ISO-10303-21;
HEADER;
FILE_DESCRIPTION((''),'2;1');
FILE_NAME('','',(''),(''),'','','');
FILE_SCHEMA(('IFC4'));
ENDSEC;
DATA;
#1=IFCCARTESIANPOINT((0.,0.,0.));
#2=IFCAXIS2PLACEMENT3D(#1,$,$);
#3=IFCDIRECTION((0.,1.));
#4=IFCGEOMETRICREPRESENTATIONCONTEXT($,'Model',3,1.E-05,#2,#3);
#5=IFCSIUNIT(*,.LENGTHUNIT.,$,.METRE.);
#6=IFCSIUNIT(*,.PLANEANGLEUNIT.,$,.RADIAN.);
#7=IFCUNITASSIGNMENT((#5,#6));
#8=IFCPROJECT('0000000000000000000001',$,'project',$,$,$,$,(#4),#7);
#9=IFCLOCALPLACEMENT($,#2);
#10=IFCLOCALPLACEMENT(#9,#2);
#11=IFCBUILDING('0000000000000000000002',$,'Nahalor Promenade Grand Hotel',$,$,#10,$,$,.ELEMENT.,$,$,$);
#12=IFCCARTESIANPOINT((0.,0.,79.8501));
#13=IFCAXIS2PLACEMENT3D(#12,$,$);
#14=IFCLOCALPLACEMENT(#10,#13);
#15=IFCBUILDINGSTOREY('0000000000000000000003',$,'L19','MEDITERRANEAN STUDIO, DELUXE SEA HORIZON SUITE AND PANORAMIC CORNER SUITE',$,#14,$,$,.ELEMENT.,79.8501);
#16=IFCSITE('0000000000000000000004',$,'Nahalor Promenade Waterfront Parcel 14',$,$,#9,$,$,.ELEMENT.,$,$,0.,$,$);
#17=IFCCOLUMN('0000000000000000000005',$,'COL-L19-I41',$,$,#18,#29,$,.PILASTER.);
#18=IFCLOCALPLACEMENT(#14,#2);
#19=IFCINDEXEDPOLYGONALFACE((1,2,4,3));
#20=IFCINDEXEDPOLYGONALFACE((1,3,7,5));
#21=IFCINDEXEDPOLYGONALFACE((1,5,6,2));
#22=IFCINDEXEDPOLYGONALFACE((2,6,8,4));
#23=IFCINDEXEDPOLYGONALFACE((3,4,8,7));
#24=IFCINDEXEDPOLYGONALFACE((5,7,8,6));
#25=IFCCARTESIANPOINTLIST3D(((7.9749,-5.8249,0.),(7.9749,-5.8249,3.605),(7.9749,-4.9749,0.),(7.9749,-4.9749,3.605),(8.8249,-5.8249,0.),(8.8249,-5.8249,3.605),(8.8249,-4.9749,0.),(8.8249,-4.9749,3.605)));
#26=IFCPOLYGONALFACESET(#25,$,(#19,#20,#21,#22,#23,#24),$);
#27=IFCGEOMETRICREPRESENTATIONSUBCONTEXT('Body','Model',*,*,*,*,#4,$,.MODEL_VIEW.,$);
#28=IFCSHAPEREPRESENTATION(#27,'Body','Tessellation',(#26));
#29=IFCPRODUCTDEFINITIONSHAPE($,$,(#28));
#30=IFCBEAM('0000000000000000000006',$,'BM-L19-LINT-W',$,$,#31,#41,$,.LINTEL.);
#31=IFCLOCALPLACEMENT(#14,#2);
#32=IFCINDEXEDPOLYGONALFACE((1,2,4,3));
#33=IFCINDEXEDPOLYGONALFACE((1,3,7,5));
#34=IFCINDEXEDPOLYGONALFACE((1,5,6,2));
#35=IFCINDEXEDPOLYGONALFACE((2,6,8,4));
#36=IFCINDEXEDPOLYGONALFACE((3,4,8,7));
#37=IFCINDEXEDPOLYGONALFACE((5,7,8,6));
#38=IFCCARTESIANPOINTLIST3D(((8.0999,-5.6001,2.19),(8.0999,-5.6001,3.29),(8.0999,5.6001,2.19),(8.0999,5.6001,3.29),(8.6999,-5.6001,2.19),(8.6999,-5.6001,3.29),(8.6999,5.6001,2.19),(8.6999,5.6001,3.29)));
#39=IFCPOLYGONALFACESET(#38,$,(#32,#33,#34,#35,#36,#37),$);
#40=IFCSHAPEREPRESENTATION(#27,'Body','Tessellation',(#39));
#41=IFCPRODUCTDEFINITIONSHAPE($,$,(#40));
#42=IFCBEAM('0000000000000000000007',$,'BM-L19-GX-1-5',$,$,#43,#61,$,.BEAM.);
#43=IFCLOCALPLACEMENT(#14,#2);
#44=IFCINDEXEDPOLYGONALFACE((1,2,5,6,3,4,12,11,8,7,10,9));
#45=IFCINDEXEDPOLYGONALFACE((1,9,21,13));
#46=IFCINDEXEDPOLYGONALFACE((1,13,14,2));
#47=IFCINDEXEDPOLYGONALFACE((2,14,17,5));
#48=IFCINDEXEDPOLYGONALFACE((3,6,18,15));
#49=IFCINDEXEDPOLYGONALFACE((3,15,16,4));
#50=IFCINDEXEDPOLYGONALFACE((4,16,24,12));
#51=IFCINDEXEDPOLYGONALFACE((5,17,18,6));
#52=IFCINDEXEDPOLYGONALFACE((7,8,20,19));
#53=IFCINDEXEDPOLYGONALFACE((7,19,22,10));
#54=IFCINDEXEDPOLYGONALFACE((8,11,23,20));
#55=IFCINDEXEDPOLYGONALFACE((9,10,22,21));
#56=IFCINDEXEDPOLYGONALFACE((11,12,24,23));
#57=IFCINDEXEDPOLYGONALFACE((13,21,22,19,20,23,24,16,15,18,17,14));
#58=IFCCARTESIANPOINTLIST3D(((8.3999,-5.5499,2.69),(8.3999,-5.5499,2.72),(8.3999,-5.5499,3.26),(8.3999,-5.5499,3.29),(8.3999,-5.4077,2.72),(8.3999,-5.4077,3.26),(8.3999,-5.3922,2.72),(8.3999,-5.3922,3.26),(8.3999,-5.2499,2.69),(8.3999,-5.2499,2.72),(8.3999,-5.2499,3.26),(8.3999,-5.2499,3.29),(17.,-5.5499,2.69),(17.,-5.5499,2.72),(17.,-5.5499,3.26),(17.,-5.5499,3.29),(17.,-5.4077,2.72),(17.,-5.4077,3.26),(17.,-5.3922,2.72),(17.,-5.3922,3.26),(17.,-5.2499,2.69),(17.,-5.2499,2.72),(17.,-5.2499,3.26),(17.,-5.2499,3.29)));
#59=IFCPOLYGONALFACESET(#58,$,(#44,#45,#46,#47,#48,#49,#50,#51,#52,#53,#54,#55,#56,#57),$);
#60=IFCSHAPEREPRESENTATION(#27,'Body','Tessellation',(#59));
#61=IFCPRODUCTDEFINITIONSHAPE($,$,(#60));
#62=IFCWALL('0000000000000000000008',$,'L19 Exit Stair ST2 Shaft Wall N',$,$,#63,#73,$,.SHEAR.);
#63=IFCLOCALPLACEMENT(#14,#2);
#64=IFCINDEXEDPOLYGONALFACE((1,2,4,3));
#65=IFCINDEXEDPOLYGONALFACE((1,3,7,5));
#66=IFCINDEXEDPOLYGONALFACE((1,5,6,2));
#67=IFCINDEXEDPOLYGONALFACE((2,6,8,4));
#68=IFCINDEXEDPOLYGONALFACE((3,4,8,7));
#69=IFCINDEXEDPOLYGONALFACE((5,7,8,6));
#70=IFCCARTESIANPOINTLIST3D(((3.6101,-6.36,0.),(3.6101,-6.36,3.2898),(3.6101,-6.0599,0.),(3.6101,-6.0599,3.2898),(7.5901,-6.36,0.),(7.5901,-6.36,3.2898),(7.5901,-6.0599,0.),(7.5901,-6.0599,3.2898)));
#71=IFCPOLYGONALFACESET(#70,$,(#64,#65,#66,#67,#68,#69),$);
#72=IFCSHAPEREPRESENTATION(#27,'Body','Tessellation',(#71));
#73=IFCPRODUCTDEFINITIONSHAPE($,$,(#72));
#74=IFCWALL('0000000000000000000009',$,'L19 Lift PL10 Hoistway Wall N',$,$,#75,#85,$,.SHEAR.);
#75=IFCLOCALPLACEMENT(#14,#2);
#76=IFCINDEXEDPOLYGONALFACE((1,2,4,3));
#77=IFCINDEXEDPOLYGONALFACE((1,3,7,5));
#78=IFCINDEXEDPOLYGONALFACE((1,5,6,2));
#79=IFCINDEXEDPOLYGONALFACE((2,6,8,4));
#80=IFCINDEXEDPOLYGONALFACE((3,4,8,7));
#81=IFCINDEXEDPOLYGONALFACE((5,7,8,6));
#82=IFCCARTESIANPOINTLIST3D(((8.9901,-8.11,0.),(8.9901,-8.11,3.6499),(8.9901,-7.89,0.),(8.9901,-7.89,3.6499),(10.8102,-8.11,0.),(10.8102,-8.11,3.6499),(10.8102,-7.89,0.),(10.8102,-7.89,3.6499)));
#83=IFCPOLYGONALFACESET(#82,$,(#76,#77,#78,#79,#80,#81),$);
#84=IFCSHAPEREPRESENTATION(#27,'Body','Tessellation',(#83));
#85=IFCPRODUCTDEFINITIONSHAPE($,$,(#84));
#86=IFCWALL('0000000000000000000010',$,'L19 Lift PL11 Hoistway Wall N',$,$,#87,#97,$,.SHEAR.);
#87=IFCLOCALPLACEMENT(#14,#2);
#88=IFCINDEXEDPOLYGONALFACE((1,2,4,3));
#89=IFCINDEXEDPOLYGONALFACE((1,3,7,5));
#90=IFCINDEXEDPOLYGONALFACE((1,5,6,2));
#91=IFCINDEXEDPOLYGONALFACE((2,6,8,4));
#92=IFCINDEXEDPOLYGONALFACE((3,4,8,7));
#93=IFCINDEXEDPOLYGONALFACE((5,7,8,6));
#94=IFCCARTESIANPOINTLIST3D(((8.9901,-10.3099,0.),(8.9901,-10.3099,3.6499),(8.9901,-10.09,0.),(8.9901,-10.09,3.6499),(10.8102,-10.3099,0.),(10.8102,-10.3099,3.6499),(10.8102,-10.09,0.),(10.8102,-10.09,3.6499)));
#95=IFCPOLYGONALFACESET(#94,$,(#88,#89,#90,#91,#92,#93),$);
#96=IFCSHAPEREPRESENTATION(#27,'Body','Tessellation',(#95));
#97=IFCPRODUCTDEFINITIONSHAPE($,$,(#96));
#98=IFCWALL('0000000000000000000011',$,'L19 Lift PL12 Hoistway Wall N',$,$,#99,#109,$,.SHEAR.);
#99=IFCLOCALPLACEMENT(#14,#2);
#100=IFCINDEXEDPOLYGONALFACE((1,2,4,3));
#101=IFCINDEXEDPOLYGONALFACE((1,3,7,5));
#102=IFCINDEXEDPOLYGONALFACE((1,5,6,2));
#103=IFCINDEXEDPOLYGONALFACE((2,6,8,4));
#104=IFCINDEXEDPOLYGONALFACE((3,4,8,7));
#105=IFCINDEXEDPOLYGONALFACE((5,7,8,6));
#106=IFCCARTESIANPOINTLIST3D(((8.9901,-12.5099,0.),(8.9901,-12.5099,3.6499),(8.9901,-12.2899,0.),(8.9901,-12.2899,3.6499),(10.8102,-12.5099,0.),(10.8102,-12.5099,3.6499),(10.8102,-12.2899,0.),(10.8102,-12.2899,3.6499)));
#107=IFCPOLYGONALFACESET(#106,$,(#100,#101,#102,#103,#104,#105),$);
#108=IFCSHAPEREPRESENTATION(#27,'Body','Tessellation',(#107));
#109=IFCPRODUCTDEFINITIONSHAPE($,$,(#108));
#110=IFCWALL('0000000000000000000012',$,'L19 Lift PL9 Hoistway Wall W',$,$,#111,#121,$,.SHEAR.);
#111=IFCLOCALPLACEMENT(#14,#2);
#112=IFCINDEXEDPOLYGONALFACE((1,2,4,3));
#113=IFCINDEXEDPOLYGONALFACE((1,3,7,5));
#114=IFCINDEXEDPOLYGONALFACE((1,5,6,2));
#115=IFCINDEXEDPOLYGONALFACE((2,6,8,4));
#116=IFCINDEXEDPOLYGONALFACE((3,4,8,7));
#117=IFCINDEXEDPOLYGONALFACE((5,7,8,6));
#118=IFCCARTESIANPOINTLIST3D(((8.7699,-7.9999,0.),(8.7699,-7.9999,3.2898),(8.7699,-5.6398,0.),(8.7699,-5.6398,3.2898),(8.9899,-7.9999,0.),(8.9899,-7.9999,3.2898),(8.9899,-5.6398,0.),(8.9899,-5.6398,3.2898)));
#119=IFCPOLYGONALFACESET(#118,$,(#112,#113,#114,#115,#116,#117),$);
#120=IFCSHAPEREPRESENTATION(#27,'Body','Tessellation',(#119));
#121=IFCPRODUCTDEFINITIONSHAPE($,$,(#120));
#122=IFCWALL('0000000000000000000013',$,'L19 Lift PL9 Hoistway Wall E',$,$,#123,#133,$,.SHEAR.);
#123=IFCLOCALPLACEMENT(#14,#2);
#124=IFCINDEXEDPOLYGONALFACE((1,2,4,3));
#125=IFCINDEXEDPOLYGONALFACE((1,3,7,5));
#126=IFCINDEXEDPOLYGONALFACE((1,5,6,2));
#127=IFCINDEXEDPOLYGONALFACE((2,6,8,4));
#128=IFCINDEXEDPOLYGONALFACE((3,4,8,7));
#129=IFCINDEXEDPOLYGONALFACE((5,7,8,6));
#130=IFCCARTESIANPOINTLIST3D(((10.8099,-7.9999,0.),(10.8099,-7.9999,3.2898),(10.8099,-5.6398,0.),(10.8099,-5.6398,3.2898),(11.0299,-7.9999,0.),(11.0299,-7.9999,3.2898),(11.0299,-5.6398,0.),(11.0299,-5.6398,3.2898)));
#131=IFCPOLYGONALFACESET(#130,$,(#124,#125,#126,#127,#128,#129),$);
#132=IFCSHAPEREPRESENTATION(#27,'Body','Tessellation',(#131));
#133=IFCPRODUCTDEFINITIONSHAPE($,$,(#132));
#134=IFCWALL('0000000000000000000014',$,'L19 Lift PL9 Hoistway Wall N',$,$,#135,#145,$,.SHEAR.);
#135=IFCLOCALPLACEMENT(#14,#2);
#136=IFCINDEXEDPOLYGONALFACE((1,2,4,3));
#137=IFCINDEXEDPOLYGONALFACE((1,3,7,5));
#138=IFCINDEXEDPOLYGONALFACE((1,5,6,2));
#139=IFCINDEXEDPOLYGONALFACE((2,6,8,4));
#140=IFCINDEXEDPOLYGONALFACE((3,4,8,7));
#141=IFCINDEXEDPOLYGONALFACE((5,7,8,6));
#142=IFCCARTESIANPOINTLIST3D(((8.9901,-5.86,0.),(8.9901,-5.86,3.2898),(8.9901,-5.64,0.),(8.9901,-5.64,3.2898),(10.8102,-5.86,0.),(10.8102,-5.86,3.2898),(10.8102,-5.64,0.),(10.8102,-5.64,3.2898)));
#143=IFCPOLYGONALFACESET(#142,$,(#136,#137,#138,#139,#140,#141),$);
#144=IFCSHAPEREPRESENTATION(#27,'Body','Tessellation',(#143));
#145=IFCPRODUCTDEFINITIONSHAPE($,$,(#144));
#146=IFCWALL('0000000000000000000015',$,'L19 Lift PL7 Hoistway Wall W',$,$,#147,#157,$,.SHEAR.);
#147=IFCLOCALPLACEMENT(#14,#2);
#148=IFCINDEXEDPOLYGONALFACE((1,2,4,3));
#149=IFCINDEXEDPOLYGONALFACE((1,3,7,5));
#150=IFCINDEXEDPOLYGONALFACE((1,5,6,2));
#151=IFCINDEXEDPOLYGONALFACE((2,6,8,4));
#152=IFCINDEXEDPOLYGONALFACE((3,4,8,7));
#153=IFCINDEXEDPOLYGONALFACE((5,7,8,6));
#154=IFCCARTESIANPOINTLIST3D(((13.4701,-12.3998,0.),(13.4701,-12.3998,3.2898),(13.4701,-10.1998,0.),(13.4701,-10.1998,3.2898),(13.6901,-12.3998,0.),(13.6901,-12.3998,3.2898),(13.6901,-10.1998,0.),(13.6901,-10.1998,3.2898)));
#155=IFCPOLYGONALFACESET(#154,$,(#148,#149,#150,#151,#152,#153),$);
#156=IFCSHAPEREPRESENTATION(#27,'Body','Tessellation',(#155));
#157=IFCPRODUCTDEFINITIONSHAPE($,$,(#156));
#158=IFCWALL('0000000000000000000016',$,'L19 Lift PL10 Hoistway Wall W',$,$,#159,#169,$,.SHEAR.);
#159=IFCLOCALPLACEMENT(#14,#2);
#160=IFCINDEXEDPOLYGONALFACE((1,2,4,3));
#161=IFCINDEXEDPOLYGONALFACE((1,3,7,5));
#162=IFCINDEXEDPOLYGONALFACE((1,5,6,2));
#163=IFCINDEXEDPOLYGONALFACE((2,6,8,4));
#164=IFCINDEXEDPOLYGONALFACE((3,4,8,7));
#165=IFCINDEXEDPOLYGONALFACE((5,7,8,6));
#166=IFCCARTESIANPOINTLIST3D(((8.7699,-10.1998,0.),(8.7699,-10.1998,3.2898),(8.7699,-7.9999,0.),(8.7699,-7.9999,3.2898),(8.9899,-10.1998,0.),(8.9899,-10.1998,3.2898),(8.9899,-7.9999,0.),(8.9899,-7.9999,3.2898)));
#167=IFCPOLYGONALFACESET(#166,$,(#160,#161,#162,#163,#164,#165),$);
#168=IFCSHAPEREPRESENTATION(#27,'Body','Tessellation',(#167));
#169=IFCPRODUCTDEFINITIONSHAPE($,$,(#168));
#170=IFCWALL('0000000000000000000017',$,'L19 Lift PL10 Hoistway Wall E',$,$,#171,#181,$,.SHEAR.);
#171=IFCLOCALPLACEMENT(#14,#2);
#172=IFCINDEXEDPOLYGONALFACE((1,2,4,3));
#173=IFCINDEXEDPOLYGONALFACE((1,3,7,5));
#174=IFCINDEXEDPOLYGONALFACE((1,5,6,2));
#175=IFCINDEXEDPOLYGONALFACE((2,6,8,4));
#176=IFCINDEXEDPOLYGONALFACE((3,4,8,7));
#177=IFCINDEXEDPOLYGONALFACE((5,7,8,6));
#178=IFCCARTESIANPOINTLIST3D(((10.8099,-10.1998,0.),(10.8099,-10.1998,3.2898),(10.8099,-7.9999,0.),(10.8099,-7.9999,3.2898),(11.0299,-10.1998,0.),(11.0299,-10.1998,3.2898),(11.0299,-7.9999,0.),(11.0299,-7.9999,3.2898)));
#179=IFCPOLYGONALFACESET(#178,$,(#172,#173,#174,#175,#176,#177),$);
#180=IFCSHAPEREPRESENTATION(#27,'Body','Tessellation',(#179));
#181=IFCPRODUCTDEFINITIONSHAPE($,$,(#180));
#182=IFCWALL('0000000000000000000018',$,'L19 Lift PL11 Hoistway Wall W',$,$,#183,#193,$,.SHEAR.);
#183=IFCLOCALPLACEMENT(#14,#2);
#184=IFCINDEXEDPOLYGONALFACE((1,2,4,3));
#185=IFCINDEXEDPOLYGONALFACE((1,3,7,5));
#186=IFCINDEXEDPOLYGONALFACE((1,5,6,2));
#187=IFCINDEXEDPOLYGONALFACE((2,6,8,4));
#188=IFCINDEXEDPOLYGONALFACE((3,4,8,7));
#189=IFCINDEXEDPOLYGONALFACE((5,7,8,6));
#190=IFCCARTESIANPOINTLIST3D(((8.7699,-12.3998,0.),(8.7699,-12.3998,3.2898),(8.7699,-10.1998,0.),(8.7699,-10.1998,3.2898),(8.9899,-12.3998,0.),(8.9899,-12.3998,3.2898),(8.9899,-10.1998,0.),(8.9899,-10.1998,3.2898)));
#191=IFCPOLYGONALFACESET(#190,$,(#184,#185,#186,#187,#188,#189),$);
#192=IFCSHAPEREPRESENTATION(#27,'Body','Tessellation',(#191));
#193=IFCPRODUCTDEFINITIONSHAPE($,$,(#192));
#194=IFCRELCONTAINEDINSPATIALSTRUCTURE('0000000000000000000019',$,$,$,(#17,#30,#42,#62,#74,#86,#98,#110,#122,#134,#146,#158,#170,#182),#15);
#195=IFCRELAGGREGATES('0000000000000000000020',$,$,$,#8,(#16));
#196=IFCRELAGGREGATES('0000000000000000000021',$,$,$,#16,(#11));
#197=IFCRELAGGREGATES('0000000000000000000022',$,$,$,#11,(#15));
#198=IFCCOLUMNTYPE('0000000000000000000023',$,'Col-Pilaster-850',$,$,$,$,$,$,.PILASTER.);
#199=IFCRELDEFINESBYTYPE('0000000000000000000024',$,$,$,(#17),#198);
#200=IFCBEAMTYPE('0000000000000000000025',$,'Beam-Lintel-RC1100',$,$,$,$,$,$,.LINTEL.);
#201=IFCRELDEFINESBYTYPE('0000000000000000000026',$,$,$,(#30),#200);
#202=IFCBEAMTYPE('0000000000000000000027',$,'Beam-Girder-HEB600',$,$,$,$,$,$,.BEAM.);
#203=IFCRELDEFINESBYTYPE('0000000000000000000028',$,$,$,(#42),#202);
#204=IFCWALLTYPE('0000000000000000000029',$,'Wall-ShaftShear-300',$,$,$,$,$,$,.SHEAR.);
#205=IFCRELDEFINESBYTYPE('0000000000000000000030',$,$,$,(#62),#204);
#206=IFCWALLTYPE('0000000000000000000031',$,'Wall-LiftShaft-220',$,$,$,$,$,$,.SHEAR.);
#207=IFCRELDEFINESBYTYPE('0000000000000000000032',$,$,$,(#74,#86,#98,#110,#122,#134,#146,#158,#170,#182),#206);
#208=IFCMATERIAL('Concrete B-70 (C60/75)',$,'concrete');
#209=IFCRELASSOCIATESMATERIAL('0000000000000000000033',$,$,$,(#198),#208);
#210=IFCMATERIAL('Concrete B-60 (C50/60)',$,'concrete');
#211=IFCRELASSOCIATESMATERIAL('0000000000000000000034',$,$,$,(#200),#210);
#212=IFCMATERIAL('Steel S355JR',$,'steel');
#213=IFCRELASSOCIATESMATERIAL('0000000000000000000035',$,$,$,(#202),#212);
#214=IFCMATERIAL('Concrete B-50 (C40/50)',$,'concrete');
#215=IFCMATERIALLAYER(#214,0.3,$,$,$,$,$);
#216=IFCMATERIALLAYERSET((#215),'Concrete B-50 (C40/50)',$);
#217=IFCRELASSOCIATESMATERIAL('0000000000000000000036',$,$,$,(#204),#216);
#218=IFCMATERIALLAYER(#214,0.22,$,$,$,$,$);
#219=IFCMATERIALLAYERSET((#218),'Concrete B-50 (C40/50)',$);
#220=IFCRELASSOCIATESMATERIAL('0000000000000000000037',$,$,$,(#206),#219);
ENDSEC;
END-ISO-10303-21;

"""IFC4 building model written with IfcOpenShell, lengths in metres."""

from ifc_helpers import new_model, si_unit, direction, frame, frame_2d, origin, origin_2d, place, context, subcontext, project, spatial, rectangle, i_section, extrude, source, transform, mapped, material, layer, layer_set, material_profile, profile_set, type_object, element, save


model = new_model("IFC4")

# Units and contexts
model_context = context("Model", 3, precision=1e-05, world=origin(), true_north=direction((0.0, 1.0)))
body_context = subcontext(model_context, "Body", "Model", "MODEL_VIEW")
ifc_project = project(units=[si_unit("LENGTHUNIT", "METRE"), si_unit("PLANEANGLEUNIT", "RADIAN")], contexts=[model_context])

# Site, building, storey
site_placement = place(None, origin())
site = spatial("IfcSite", under=ifc_project, at=site_placement, Name="Nahalor Promenade Waterfront Parcel 14", CompositionType="ELEMENT", RefElevation=0.0)
building_placement = place(site_placement, origin())
building = spatial("IfcBuilding", under=site, at=building_placement, Name="Nahalor Promenade Grand Hotel", CompositionType="ELEMENT")
storey_placement = place(building_placement, frame((0.0, 0.0, 79.8501)))
storey = spatial("IfcBuildingStorey", under=building, at=storey_placement, Name="L19", Description="MEDITERRANEAN STUDIO, DELUXE SEA HORIZON SUITE AND PANORAMIC CORNER SUITE", CompositionType="ELEMENT", Elevation=79.8501)

# Column
ifc_material_1 = material(Name="Concrete B-70 (C60/75)", Category="concrete")
ifc_material_profile_1 = material_profile(ifc_material_1, rectangle(XDim=0.85, YDim=0.85, at=origin_2d()), Name="RC 850x850")
ifc_profile_set_1 = profile_set([ifc_material_profile_1], Name="Concrete B-70 (C60/75)")
column_type = type_object("IfcColumnType", Name="Col-Pilaster-850", PredefinedType="PILASTER", material=ifc_profile_set_1)
shared_shape_1 = source(origin(), body_context, "Body", "SweptSolid", [
    extrude(rectangle(XDim=0.85, YDim=0.85, at=origin_2d()), origin(), (0.0, 0.0, 1.0), 3.605),
])
column_placement = place(storey_placement, frame((8.3999, -5.3999, 0.0), z_axis=(0.0, 0.0, 1.0), x_axis=(1.0, 0.0, 0.0)))
element("IfcColumn", 1, at=column_placement, inside=storey, type_object=column_type, Name="COL-L19-I41", PredefinedType="PILASTER", context=body_context, shape_type="MappedRepresentation", body=[
    mapped(shared_shape_1, transform((0.0, 0.0, 0.0), scale=1.0)),
])

# Beams
ifc_material_2 = material(Name="Concrete B-60 (C50/60)", Category="concrete")
ifc_material_profile_2 = material_profile(ifc_material_2, rectangle(XDim=0.6, YDim=1.1, at=origin_2d()), Name="RC 600x1100")
ifc_profile_set_2 = profile_set([ifc_material_profile_2], Name="Concrete B-60 (C50/60)")
beam_type_1 = type_object("IfcBeamType", Name="Beam-Lintel-RC1100", PredefinedType="LINTEL", material=ifc_profile_set_2)
shared_shape_2 = source(origin(), body_context, "Body", "SweptSolid", [
    extrude(rectangle(XDim=0.6, YDim=1.1, at=origin_2d()), origin(), (0.0, 0.0, 1.0), 11.2002),
])
beam_1_placement = place(storey_placement, frame((8.3999, -5.6001, 2.74), z_axis=(0.0, 1.0, 0.0), x_axis=(-1.0, 0.0, 0.0)))
element("IfcBeam", 2, at=beam_1_placement, inside=storey, type_object=beam_type_1, Name="BM-L19-LINT-W", PredefinedType="LINTEL", context=body_context, shape_type="MappedRepresentation", body=[
    mapped(shared_shape_2, transform((0.0, 0.0, 0.0), scale=1.0)),
])
ifc_material_3 = material(Name="Steel S355JR", Category="steel")
ifc_material_profile_3 = material_profile(ifc_material_3, i_section(OverallWidth=0.3, OverallDepth=0.6, WebThickness=0.0155, FlangeThickness=0.03, at=origin_2d()), Name="HEB 600")
ifc_profile_set_3 = profile_set([ifc_material_profile_3], Name="Steel S355JR")
beam_type_2 = type_object("IfcBeamType", Name="Beam-Girder-HEB600", PredefinedType="BEAM", material=ifc_profile_set_3)
shared_shape_3 = source(origin(), body_context, "Body", "SweptSolid", [
    extrude(i_section(OverallWidth=0.3, OverallDepth=0.6, WebThickness=0.0155, FlangeThickness=0.03, at=origin_2d()), origin(), (0.0, 0.0, 1.0), 8.6001),
])
beam_2_placement = place(storey_placement, frame((8.3999, -5.3999, 2.99), z_axis=(1.0, 0.0, 0.0), x_axis=(0.0, 1.0, 0.0)))
element("IfcBeam", 3, at=beam_2_placement, inside=storey, type_object=beam_type_2, Name="BM-L19-GX-1-5", PredefinedType="BEAM", context=body_context, shape_type="MappedRepresentation", body=[
    mapped(shared_shape_3, transform((0.0, 0.0, 0.0), scale=1.0)),
])

# Walls
ifc_material_4 = material(Name="Concrete B-50 (C40/50)", Category="concrete")
ifc_layer_1 = layer(ifc_material_4, 0.3)
ifc_layer_set_1 = layer_set([ifc_layer_1], Name="Concrete B-50 (C40/50)")
wall_type_1 = type_object("IfcWallType", Name="Wall-ShaftShear-300", PredefinedType="SHEAR", material=ifc_layer_set_1)
shared_shape_4 = source(origin(), body_context, "Body", "SweptSolid", [
    extrude(rectangle(XDim=3.98, YDim=0.3, at=frame_2d((1.99, 0.0))), origin(), (0.0, 0.0, 1.0), 3.2898),
])
wall_1_placement = place(storey_placement, frame((3.6101, -6.21, 0.0), z_axis=(0.0, 0.0, 1.0), x_axis=(1.0, 0.0, 0.0)))
element("IfcWall", 4, at=wall_1_placement, inside=storey, type_object=wall_type_1, Name="L19 Exit Stair ST2 Shaft Wall N", PredefinedType="SHEAR", context=body_context, shape_type="MappedRepresentation", body=[
    mapped(shared_shape_4, transform((0.0, 0.0, 0.0), scale=1.0)),
])
ifc_layer_2 = layer(ifc_material_4, 0.22)
ifc_layer_set_2 = layer_set([ifc_layer_2], Name="Concrete B-50 (C40/50)")
wall_type_2 = type_object("IfcWallType", Name="Wall-LiftShaft-220", PredefinedType="SHEAR", material=ifc_layer_set_2)
shared_shape_5 = source(origin(), body_context, "Body", "SweptSolid", [
    extrude(rectangle(XDim=1.8201, YDim=0.22, at=frame_2d((0.9102, 0.0))), origin(), (0.0, 0.0, 1.0), 3.6499),
])
for number, where, z_axis, x_axis, name in (
    (5, (8.99, -8.0, 0.0), (0.0, 0.0, 1.0), (1.0, 0.0, 0.0), "L19 Lift PL10 Hoistway Wall N"),
    (6, (8.99, -10.2, 0.0), (0.0, 0.0, 1.0), (1.0, 0.0, 0.0), "L19 Lift PL11 Hoistway Wall N"),
    (7, (8.99, -12.3999, 0.0), (0.0, 0.0, 1.0), (1.0, 0.0, 0.0), "L19 Lift PL12 Hoistway Wall N"),
):
    element("IfcWall", number, at=place(storey_placement, frame(where, z_axis=z_axis, x_axis=x_axis)), inside=storey, type_object=wall_type_2, Name=name, PredefinedType="SHEAR", context=body_context, shape_type="MappedRepresentation", body=[
        mapped(shared_shape_5, transform((0.0, 0.0, 0.0), scale=1.0)),
    ])
shared_shape_6 = source(origin(), body_context, "Body", "SweptSolid", [
    extrude(rectangle(XDim=2.3601, YDim=0.22, at=frame_2d((1.1802, 0.0))), origin(), (0.0, 0.0, 1.0), 3.2898),
])
for number, where, z_axis, x_axis, name in (
    (8, (8.8799, -8.0, 0.0), (0.0, 0.0, 1.0), (0.0, 1.0, 0.0), "L19 Lift PL9 Hoistway Wall W"),
    (9, (10.9199, -8.0, 0.0), (0.0, 0.0, 1.0), (0.0, 1.0, 0.0), "L19 Lift PL9 Hoistway Wall E"),
):
    element("IfcWall", number, at=place(storey_placement, frame(where, z_axis=z_axis, x_axis=x_axis)), inside=storey, type_object=wall_type_2, Name=name, PredefinedType="SHEAR", context=body_context, shape_type="MappedRepresentation", body=[
        mapped(shared_shape_6, transform((0.0, 0.0, 0.0), scale=1.0)),
    ])
shared_shape_7 = source(origin(), body_context, "Body", "SweptSolid", [
    extrude(rectangle(XDim=1.8201, YDim=0.22, at=frame_2d((0.9102, 0.0))), origin(), (0.0, 0.0, 1.0), 3.2898),
])
wall_2_placement = place(storey_placement, frame((8.99, -5.75, 0.0), z_axis=(0.0, 0.0, 1.0), x_axis=(1.0, 0.0, 0.0)))
element("IfcWall", 10, at=wall_2_placement, inside=storey, type_object=wall_type_2, Name="L19 Lift PL9 Hoistway Wall N", PredefinedType="SHEAR", context=body_context, shape_type="MappedRepresentation", body=[
    mapped(shared_shape_7, transform((0.0, 0.0, 0.0), scale=1.0)),
])
shared_shape_8 = source(origin(), body_context, "Body", "SweptSolid", [
    extrude(rectangle(XDim=2.2, YDim=0.22, at=frame_2d((1.1001, 0.0))), origin(), (0.0, 0.0, 1.0), 3.2898),
])
for number, where, z_axis, x_axis, name in (
    (11, (13.5801, -12.3999, 0.0), (0.0, 0.0, 1.0), (0.0, 1.0, 0.0), "L19 Lift PL7 Hoistway Wall W"),
    (12, (8.8799, -10.2, 0.0), (0.0, 0.0, 1.0), (0.0, 1.0, 0.0), "L19 Lift PL10 Hoistway Wall W"),
    (13, (10.9199, -10.2, 0.0), (0.0, 0.0, 1.0), (0.0, 1.0, 0.0), "L19 Lift PL10 Hoistway Wall E"),
    (14, (8.8799, -12.3999, 0.0), (0.0, 0.0, 1.0), (0.0, 1.0, 0.0), "L19 Lift PL11 Hoistway Wall W"),
):
    element("IfcWall", number, at=place(storey_placement, frame(where, z_axis=z_axis, x_axis=x_axis)), inside=storey, type_object=wall_type_2, Name=name, PredefinedType="SHEAR", context=body_context, shape_type="MappedRepresentation", body=[
        mapped(shared_shape_8, transform((0.0, 0.0, 0.0), scale=1.0)),
    ])

save(model, "model.ifc")
